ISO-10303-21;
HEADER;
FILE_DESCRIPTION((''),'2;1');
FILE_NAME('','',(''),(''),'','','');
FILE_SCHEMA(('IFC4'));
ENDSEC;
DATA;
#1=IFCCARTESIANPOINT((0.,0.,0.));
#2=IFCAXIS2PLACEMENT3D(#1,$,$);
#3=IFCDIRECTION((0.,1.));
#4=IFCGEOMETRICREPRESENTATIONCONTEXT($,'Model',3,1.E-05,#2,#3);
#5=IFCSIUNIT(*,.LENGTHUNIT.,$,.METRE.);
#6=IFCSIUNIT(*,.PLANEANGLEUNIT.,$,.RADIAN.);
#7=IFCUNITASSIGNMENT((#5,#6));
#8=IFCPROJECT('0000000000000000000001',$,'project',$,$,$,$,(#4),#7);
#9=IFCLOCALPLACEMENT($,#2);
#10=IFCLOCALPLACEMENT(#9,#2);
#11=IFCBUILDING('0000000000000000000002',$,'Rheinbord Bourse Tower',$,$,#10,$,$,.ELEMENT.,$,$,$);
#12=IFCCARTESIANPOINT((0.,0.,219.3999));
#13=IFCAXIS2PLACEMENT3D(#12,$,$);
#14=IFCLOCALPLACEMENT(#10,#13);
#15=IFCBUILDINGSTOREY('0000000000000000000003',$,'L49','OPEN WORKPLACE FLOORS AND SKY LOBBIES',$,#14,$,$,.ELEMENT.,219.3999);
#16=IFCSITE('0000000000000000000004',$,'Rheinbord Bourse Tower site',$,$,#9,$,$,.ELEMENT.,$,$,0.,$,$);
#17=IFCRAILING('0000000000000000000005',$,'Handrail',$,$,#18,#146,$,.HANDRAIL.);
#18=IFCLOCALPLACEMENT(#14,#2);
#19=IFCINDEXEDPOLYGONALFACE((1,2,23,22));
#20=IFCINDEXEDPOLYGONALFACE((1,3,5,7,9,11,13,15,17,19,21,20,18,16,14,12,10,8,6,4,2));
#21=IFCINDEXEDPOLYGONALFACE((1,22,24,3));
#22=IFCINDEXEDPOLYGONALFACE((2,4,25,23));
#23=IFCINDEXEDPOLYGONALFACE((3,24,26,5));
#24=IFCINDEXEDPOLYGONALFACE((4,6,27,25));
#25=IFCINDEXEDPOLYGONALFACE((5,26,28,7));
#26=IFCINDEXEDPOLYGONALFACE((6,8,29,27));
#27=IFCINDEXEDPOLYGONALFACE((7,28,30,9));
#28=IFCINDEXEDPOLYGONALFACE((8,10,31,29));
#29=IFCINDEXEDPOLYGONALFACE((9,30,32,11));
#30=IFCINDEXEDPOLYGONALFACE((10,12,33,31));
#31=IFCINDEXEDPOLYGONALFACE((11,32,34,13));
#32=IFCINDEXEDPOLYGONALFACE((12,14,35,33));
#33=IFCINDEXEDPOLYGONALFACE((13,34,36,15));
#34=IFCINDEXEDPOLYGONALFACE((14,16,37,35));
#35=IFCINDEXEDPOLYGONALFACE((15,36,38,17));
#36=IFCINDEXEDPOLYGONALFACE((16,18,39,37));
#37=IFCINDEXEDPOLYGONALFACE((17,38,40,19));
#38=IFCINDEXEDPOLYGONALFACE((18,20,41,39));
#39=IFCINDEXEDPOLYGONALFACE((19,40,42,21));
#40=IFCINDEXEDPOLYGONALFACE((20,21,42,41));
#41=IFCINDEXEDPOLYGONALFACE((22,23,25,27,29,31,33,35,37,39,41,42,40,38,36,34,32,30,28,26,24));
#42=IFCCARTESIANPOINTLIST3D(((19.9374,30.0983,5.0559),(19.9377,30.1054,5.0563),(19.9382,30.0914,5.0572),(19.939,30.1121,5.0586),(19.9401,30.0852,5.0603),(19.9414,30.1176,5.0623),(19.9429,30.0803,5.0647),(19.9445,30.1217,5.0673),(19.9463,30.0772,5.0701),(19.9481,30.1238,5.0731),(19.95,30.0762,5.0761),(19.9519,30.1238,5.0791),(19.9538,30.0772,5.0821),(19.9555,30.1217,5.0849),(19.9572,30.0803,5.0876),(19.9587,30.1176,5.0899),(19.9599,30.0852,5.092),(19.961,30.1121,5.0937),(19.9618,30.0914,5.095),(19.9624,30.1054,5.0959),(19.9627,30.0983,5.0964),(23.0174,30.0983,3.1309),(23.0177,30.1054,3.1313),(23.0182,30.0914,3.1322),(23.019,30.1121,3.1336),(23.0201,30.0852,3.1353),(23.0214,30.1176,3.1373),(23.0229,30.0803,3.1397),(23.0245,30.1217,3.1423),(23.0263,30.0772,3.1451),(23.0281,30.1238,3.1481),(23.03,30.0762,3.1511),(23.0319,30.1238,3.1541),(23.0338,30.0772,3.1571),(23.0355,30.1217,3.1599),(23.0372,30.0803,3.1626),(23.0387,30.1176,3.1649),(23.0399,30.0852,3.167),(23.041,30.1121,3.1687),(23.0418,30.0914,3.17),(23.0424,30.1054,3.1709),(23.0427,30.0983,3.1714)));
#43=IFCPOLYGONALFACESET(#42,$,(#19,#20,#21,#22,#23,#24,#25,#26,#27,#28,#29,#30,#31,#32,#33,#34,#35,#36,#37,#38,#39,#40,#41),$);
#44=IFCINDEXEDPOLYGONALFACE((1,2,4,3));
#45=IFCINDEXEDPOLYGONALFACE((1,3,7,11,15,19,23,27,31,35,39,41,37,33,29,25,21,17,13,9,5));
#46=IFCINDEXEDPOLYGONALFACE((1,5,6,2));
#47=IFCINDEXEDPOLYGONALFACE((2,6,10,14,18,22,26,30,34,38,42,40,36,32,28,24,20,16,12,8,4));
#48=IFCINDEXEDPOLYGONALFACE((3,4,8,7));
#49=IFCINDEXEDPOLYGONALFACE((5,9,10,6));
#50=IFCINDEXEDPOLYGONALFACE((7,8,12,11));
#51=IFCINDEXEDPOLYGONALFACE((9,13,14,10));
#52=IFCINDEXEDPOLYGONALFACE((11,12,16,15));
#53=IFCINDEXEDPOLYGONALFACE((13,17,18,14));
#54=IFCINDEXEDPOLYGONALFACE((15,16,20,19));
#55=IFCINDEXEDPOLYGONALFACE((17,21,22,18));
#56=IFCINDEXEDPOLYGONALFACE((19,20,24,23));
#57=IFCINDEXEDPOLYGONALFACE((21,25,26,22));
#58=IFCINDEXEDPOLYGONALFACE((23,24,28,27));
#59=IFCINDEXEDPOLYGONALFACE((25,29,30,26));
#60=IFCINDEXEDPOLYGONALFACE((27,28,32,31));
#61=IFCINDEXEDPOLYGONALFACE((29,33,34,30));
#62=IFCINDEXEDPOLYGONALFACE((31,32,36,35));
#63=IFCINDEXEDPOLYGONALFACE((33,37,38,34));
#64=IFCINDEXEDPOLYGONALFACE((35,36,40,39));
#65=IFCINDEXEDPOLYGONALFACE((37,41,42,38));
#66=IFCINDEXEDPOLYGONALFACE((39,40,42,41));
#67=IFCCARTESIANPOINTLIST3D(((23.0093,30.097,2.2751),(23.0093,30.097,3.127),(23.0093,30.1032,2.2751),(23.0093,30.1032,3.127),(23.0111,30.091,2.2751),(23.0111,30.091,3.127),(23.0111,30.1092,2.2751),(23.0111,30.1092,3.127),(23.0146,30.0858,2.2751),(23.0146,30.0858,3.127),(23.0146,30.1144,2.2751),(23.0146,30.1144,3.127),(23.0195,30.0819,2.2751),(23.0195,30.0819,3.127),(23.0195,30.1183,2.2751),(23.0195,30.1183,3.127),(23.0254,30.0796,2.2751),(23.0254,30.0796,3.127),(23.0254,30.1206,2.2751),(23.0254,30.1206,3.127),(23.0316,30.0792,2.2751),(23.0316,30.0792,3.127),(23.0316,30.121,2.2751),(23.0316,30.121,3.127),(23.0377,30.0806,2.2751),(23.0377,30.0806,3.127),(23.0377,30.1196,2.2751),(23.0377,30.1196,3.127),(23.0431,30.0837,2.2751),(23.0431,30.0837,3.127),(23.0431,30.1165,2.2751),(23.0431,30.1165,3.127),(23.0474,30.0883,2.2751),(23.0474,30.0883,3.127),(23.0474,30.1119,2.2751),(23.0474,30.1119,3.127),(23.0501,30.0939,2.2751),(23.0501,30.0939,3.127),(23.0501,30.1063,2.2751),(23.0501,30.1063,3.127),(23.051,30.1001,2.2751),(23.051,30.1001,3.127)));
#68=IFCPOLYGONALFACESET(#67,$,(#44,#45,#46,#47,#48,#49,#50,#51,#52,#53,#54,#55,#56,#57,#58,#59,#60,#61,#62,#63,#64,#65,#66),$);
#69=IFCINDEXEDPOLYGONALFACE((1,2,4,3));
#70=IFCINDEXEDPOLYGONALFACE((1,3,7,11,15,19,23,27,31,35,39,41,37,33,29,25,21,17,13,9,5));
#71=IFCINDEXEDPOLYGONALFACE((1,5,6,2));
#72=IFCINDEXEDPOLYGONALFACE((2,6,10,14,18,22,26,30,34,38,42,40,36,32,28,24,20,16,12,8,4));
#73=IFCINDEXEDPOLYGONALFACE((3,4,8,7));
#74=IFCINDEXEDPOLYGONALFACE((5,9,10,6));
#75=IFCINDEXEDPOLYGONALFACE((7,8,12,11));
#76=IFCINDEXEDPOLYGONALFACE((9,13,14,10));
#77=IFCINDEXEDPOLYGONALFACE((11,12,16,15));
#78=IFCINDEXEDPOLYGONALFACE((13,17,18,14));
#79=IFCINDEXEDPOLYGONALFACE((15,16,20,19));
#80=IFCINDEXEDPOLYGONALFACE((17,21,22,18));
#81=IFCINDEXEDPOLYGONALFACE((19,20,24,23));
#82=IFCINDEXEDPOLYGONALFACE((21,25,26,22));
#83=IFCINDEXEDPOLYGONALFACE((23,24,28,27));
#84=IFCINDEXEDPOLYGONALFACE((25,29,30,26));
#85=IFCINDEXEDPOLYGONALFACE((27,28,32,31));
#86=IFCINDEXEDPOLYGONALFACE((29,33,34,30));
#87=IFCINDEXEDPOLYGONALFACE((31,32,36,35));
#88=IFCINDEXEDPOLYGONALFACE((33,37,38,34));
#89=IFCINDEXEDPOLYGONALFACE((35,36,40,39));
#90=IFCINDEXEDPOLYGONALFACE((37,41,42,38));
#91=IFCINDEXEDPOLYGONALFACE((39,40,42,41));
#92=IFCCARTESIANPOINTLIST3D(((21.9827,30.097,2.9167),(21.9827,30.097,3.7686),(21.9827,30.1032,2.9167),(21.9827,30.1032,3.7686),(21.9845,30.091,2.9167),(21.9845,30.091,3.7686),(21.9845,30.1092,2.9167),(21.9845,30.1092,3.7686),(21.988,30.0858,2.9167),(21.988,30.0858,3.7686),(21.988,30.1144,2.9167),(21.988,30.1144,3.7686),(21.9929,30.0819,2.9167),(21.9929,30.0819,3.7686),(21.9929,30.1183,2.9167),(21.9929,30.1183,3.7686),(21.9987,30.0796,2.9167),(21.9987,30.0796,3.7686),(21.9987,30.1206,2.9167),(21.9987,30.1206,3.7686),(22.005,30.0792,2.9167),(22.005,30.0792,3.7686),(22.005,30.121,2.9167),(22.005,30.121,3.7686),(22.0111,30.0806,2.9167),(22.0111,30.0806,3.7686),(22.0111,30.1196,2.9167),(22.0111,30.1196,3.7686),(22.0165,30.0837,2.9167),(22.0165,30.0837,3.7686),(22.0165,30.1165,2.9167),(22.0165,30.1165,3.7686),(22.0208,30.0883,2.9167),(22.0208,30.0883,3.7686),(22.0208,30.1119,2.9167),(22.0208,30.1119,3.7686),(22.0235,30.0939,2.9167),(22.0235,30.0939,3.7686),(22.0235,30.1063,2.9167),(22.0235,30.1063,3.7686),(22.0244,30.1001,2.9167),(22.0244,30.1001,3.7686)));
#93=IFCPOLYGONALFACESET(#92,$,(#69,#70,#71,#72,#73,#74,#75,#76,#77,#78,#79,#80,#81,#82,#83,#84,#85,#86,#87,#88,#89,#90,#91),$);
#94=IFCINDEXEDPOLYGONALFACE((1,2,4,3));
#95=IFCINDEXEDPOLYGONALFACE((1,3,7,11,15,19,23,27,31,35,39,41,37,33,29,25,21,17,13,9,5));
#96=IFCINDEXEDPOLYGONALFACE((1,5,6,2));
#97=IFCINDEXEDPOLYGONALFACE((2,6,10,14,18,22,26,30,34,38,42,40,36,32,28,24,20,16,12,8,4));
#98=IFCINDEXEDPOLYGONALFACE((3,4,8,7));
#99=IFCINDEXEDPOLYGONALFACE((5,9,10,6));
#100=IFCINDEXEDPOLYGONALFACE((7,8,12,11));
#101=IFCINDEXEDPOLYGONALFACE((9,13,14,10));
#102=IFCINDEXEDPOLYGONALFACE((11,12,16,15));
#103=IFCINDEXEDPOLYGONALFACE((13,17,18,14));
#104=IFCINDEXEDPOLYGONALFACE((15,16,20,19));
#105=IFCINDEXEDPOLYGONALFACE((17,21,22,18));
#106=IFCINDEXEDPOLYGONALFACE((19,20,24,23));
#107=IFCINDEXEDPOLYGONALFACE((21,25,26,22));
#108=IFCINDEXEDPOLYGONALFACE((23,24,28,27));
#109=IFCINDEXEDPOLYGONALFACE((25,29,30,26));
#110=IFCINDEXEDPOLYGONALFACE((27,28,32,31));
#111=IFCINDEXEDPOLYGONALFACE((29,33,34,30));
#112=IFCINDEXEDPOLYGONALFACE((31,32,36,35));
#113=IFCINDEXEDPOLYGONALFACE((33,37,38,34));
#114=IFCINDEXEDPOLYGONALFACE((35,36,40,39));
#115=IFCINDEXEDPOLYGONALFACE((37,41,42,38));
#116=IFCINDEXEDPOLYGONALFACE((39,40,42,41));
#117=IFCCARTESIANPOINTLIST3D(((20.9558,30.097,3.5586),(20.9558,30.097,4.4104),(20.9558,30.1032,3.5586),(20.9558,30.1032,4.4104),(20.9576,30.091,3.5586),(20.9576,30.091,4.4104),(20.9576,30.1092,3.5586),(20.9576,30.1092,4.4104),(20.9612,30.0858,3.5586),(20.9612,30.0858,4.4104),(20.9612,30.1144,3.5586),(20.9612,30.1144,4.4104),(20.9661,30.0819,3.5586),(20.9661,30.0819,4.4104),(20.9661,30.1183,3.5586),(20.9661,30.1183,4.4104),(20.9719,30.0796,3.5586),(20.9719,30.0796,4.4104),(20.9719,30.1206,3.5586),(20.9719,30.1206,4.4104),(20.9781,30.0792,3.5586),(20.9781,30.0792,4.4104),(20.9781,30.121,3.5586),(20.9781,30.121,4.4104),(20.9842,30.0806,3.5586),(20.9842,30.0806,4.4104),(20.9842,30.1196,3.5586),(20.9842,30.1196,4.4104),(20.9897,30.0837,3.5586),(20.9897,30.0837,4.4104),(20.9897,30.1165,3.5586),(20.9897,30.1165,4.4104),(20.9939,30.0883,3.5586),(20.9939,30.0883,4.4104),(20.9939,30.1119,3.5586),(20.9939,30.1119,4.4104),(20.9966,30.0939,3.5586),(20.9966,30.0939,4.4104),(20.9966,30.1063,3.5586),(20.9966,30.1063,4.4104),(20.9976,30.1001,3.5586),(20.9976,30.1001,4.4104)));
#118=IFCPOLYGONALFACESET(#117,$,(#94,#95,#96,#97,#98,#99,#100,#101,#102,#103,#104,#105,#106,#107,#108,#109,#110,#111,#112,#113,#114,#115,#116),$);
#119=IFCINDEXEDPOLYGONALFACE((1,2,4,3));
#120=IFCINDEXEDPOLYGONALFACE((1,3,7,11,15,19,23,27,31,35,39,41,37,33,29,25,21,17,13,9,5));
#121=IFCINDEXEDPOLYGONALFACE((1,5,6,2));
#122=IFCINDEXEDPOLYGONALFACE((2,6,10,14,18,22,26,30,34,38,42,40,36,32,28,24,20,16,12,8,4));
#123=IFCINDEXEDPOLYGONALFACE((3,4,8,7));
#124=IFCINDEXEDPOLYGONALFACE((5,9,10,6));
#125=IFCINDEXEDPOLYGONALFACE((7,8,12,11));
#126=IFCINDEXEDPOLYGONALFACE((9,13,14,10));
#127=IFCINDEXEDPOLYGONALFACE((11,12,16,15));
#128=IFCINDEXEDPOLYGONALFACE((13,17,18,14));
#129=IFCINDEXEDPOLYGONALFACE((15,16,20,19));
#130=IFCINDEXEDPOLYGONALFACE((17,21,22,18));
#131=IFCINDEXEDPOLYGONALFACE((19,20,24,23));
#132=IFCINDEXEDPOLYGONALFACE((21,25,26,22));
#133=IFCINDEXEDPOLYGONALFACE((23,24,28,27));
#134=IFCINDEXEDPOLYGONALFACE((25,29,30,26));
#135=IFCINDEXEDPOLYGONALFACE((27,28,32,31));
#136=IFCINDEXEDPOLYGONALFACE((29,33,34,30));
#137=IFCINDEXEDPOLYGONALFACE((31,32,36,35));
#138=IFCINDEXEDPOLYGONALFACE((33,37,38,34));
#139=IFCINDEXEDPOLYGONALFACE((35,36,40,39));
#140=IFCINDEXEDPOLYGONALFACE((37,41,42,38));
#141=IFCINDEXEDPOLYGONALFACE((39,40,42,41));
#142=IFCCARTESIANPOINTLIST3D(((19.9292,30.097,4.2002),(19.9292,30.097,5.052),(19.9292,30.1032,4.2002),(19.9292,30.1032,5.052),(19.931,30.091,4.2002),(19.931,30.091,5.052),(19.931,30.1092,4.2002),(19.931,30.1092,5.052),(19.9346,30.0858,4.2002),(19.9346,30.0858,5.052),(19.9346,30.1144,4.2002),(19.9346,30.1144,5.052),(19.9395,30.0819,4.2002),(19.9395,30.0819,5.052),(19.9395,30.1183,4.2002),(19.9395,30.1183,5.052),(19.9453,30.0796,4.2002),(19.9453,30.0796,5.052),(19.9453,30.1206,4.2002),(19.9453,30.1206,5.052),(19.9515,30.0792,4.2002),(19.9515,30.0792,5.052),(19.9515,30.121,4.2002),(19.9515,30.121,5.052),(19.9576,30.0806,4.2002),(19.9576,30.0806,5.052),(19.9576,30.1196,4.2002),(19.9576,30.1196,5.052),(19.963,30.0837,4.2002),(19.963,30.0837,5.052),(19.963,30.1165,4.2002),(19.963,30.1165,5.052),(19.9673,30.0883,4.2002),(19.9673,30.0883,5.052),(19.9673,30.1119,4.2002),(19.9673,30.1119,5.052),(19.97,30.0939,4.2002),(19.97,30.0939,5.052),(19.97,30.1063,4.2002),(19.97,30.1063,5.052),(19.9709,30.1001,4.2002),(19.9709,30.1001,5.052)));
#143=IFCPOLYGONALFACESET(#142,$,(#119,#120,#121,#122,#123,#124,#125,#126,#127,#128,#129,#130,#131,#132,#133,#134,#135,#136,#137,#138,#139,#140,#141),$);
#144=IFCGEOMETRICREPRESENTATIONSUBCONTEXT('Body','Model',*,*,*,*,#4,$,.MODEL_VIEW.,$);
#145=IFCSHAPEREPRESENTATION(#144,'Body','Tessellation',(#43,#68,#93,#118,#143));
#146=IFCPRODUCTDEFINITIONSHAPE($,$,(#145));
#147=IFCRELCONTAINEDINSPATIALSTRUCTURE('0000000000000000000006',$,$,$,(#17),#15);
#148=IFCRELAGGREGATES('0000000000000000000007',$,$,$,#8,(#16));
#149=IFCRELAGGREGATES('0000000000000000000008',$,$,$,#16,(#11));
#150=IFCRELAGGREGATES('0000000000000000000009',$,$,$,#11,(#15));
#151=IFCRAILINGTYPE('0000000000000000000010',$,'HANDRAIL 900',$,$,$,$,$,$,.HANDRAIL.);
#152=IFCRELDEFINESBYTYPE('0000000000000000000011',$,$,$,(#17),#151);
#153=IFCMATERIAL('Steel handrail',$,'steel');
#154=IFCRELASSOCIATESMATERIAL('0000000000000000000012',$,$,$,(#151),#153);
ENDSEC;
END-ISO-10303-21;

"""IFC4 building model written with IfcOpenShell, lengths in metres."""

from ifc_helpers import new_model, si_unit, direction, frame, origin, origin_2d, place, context, subcontext, project, spatial, circle, extrude, material, type_object, element, save


model = new_model("IFC4")

# Units and contexts
model_context = context("Model", 3, precision=1e-05, world=origin(), true_north=direction((0.0, 1.0)))
body_context = subcontext(model_context, "Body", "Model", "MODEL_VIEW")
ifc_project = project(units=[si_unit("LENGTHUNIT", "METRE"), si_unit("PLANEANGLEUNIT", "RADIAN")], contexts=[model_context])

# Site, building, storey
site_placement = place(None, origin())
site = spatial("IfcSite", under=ifc_project, at=site_placement, Name="Rheinbord Bourse Tower site", CompositionType="ELEMENT", RefElevation=0.0)
building_placement = place(site_placement, origin())
building = spatial("IfcBuilding", under=site, at=building_placement, Name="Rheinbord Bourse Tower", CompositionType="ELEMENT")
storey_placement = place(building_placement, frame((0.0, 0.0, 219.3999)))
storey = spatial("IfcBuildingStorey", under=building, at=storey_placement, Name="L49", Description="OPEN WORKPLACE FLOORS AND SKY LOBBIES", CompositionType="ELEMENT", Elevation=219.3999)

# Railing
ifc_material_1 = material(Name="Steel handrail", Category="steel")
railing_type = type_object("IfcRailingType", Name="HANDRAIL 900", PredefinedType="HANDRAIL", material=ifc_material_1)
railing_1_placement = place(storey_placement, frame((23.03, 30.1001, 2.2751)))
element("IfcRailing", 1, at=railing_1_placement, inside=storey, type_object=railing_type, Name="Handrail", PredefinedType="HANDRAIL", context=body_context, shape_type="SweptSolid", body=[
    extrude(circle(Radius=0.0239, at=origin_2d()), frame((0.0, 0.0, 0.876), z_axis=(-0.847998, 0.0, 0.529999), x_axis=(0.0, -1.0, 0.0)), (0.0, 0.0, 1.0), 3.6321),
    extrude(circle(Radius=0.021, at=origin_2d()), origin(), (0.0, 0.0, 1.0), 0.8518),
    extrude(circle(Radius=0.021, at=origin_2d()), frame((-1.0266, 0.0, 0.6416)), (0.0, 0.0, 1.0), 0.8518),
    extrude(circle(Radius=0.021, at=origin_2d()), frame((-2.0535, 0.0, 1.2834)), (0.0, 0.0, 1.0), 0.8518),
    extrude(circle(Radius=0.021, at=origin_2d()), frame((-3.0801, 0.0, 1.925)), (0.0, 0.0, 1.0), 0.8518),
])

save(model, "model.ifc")
